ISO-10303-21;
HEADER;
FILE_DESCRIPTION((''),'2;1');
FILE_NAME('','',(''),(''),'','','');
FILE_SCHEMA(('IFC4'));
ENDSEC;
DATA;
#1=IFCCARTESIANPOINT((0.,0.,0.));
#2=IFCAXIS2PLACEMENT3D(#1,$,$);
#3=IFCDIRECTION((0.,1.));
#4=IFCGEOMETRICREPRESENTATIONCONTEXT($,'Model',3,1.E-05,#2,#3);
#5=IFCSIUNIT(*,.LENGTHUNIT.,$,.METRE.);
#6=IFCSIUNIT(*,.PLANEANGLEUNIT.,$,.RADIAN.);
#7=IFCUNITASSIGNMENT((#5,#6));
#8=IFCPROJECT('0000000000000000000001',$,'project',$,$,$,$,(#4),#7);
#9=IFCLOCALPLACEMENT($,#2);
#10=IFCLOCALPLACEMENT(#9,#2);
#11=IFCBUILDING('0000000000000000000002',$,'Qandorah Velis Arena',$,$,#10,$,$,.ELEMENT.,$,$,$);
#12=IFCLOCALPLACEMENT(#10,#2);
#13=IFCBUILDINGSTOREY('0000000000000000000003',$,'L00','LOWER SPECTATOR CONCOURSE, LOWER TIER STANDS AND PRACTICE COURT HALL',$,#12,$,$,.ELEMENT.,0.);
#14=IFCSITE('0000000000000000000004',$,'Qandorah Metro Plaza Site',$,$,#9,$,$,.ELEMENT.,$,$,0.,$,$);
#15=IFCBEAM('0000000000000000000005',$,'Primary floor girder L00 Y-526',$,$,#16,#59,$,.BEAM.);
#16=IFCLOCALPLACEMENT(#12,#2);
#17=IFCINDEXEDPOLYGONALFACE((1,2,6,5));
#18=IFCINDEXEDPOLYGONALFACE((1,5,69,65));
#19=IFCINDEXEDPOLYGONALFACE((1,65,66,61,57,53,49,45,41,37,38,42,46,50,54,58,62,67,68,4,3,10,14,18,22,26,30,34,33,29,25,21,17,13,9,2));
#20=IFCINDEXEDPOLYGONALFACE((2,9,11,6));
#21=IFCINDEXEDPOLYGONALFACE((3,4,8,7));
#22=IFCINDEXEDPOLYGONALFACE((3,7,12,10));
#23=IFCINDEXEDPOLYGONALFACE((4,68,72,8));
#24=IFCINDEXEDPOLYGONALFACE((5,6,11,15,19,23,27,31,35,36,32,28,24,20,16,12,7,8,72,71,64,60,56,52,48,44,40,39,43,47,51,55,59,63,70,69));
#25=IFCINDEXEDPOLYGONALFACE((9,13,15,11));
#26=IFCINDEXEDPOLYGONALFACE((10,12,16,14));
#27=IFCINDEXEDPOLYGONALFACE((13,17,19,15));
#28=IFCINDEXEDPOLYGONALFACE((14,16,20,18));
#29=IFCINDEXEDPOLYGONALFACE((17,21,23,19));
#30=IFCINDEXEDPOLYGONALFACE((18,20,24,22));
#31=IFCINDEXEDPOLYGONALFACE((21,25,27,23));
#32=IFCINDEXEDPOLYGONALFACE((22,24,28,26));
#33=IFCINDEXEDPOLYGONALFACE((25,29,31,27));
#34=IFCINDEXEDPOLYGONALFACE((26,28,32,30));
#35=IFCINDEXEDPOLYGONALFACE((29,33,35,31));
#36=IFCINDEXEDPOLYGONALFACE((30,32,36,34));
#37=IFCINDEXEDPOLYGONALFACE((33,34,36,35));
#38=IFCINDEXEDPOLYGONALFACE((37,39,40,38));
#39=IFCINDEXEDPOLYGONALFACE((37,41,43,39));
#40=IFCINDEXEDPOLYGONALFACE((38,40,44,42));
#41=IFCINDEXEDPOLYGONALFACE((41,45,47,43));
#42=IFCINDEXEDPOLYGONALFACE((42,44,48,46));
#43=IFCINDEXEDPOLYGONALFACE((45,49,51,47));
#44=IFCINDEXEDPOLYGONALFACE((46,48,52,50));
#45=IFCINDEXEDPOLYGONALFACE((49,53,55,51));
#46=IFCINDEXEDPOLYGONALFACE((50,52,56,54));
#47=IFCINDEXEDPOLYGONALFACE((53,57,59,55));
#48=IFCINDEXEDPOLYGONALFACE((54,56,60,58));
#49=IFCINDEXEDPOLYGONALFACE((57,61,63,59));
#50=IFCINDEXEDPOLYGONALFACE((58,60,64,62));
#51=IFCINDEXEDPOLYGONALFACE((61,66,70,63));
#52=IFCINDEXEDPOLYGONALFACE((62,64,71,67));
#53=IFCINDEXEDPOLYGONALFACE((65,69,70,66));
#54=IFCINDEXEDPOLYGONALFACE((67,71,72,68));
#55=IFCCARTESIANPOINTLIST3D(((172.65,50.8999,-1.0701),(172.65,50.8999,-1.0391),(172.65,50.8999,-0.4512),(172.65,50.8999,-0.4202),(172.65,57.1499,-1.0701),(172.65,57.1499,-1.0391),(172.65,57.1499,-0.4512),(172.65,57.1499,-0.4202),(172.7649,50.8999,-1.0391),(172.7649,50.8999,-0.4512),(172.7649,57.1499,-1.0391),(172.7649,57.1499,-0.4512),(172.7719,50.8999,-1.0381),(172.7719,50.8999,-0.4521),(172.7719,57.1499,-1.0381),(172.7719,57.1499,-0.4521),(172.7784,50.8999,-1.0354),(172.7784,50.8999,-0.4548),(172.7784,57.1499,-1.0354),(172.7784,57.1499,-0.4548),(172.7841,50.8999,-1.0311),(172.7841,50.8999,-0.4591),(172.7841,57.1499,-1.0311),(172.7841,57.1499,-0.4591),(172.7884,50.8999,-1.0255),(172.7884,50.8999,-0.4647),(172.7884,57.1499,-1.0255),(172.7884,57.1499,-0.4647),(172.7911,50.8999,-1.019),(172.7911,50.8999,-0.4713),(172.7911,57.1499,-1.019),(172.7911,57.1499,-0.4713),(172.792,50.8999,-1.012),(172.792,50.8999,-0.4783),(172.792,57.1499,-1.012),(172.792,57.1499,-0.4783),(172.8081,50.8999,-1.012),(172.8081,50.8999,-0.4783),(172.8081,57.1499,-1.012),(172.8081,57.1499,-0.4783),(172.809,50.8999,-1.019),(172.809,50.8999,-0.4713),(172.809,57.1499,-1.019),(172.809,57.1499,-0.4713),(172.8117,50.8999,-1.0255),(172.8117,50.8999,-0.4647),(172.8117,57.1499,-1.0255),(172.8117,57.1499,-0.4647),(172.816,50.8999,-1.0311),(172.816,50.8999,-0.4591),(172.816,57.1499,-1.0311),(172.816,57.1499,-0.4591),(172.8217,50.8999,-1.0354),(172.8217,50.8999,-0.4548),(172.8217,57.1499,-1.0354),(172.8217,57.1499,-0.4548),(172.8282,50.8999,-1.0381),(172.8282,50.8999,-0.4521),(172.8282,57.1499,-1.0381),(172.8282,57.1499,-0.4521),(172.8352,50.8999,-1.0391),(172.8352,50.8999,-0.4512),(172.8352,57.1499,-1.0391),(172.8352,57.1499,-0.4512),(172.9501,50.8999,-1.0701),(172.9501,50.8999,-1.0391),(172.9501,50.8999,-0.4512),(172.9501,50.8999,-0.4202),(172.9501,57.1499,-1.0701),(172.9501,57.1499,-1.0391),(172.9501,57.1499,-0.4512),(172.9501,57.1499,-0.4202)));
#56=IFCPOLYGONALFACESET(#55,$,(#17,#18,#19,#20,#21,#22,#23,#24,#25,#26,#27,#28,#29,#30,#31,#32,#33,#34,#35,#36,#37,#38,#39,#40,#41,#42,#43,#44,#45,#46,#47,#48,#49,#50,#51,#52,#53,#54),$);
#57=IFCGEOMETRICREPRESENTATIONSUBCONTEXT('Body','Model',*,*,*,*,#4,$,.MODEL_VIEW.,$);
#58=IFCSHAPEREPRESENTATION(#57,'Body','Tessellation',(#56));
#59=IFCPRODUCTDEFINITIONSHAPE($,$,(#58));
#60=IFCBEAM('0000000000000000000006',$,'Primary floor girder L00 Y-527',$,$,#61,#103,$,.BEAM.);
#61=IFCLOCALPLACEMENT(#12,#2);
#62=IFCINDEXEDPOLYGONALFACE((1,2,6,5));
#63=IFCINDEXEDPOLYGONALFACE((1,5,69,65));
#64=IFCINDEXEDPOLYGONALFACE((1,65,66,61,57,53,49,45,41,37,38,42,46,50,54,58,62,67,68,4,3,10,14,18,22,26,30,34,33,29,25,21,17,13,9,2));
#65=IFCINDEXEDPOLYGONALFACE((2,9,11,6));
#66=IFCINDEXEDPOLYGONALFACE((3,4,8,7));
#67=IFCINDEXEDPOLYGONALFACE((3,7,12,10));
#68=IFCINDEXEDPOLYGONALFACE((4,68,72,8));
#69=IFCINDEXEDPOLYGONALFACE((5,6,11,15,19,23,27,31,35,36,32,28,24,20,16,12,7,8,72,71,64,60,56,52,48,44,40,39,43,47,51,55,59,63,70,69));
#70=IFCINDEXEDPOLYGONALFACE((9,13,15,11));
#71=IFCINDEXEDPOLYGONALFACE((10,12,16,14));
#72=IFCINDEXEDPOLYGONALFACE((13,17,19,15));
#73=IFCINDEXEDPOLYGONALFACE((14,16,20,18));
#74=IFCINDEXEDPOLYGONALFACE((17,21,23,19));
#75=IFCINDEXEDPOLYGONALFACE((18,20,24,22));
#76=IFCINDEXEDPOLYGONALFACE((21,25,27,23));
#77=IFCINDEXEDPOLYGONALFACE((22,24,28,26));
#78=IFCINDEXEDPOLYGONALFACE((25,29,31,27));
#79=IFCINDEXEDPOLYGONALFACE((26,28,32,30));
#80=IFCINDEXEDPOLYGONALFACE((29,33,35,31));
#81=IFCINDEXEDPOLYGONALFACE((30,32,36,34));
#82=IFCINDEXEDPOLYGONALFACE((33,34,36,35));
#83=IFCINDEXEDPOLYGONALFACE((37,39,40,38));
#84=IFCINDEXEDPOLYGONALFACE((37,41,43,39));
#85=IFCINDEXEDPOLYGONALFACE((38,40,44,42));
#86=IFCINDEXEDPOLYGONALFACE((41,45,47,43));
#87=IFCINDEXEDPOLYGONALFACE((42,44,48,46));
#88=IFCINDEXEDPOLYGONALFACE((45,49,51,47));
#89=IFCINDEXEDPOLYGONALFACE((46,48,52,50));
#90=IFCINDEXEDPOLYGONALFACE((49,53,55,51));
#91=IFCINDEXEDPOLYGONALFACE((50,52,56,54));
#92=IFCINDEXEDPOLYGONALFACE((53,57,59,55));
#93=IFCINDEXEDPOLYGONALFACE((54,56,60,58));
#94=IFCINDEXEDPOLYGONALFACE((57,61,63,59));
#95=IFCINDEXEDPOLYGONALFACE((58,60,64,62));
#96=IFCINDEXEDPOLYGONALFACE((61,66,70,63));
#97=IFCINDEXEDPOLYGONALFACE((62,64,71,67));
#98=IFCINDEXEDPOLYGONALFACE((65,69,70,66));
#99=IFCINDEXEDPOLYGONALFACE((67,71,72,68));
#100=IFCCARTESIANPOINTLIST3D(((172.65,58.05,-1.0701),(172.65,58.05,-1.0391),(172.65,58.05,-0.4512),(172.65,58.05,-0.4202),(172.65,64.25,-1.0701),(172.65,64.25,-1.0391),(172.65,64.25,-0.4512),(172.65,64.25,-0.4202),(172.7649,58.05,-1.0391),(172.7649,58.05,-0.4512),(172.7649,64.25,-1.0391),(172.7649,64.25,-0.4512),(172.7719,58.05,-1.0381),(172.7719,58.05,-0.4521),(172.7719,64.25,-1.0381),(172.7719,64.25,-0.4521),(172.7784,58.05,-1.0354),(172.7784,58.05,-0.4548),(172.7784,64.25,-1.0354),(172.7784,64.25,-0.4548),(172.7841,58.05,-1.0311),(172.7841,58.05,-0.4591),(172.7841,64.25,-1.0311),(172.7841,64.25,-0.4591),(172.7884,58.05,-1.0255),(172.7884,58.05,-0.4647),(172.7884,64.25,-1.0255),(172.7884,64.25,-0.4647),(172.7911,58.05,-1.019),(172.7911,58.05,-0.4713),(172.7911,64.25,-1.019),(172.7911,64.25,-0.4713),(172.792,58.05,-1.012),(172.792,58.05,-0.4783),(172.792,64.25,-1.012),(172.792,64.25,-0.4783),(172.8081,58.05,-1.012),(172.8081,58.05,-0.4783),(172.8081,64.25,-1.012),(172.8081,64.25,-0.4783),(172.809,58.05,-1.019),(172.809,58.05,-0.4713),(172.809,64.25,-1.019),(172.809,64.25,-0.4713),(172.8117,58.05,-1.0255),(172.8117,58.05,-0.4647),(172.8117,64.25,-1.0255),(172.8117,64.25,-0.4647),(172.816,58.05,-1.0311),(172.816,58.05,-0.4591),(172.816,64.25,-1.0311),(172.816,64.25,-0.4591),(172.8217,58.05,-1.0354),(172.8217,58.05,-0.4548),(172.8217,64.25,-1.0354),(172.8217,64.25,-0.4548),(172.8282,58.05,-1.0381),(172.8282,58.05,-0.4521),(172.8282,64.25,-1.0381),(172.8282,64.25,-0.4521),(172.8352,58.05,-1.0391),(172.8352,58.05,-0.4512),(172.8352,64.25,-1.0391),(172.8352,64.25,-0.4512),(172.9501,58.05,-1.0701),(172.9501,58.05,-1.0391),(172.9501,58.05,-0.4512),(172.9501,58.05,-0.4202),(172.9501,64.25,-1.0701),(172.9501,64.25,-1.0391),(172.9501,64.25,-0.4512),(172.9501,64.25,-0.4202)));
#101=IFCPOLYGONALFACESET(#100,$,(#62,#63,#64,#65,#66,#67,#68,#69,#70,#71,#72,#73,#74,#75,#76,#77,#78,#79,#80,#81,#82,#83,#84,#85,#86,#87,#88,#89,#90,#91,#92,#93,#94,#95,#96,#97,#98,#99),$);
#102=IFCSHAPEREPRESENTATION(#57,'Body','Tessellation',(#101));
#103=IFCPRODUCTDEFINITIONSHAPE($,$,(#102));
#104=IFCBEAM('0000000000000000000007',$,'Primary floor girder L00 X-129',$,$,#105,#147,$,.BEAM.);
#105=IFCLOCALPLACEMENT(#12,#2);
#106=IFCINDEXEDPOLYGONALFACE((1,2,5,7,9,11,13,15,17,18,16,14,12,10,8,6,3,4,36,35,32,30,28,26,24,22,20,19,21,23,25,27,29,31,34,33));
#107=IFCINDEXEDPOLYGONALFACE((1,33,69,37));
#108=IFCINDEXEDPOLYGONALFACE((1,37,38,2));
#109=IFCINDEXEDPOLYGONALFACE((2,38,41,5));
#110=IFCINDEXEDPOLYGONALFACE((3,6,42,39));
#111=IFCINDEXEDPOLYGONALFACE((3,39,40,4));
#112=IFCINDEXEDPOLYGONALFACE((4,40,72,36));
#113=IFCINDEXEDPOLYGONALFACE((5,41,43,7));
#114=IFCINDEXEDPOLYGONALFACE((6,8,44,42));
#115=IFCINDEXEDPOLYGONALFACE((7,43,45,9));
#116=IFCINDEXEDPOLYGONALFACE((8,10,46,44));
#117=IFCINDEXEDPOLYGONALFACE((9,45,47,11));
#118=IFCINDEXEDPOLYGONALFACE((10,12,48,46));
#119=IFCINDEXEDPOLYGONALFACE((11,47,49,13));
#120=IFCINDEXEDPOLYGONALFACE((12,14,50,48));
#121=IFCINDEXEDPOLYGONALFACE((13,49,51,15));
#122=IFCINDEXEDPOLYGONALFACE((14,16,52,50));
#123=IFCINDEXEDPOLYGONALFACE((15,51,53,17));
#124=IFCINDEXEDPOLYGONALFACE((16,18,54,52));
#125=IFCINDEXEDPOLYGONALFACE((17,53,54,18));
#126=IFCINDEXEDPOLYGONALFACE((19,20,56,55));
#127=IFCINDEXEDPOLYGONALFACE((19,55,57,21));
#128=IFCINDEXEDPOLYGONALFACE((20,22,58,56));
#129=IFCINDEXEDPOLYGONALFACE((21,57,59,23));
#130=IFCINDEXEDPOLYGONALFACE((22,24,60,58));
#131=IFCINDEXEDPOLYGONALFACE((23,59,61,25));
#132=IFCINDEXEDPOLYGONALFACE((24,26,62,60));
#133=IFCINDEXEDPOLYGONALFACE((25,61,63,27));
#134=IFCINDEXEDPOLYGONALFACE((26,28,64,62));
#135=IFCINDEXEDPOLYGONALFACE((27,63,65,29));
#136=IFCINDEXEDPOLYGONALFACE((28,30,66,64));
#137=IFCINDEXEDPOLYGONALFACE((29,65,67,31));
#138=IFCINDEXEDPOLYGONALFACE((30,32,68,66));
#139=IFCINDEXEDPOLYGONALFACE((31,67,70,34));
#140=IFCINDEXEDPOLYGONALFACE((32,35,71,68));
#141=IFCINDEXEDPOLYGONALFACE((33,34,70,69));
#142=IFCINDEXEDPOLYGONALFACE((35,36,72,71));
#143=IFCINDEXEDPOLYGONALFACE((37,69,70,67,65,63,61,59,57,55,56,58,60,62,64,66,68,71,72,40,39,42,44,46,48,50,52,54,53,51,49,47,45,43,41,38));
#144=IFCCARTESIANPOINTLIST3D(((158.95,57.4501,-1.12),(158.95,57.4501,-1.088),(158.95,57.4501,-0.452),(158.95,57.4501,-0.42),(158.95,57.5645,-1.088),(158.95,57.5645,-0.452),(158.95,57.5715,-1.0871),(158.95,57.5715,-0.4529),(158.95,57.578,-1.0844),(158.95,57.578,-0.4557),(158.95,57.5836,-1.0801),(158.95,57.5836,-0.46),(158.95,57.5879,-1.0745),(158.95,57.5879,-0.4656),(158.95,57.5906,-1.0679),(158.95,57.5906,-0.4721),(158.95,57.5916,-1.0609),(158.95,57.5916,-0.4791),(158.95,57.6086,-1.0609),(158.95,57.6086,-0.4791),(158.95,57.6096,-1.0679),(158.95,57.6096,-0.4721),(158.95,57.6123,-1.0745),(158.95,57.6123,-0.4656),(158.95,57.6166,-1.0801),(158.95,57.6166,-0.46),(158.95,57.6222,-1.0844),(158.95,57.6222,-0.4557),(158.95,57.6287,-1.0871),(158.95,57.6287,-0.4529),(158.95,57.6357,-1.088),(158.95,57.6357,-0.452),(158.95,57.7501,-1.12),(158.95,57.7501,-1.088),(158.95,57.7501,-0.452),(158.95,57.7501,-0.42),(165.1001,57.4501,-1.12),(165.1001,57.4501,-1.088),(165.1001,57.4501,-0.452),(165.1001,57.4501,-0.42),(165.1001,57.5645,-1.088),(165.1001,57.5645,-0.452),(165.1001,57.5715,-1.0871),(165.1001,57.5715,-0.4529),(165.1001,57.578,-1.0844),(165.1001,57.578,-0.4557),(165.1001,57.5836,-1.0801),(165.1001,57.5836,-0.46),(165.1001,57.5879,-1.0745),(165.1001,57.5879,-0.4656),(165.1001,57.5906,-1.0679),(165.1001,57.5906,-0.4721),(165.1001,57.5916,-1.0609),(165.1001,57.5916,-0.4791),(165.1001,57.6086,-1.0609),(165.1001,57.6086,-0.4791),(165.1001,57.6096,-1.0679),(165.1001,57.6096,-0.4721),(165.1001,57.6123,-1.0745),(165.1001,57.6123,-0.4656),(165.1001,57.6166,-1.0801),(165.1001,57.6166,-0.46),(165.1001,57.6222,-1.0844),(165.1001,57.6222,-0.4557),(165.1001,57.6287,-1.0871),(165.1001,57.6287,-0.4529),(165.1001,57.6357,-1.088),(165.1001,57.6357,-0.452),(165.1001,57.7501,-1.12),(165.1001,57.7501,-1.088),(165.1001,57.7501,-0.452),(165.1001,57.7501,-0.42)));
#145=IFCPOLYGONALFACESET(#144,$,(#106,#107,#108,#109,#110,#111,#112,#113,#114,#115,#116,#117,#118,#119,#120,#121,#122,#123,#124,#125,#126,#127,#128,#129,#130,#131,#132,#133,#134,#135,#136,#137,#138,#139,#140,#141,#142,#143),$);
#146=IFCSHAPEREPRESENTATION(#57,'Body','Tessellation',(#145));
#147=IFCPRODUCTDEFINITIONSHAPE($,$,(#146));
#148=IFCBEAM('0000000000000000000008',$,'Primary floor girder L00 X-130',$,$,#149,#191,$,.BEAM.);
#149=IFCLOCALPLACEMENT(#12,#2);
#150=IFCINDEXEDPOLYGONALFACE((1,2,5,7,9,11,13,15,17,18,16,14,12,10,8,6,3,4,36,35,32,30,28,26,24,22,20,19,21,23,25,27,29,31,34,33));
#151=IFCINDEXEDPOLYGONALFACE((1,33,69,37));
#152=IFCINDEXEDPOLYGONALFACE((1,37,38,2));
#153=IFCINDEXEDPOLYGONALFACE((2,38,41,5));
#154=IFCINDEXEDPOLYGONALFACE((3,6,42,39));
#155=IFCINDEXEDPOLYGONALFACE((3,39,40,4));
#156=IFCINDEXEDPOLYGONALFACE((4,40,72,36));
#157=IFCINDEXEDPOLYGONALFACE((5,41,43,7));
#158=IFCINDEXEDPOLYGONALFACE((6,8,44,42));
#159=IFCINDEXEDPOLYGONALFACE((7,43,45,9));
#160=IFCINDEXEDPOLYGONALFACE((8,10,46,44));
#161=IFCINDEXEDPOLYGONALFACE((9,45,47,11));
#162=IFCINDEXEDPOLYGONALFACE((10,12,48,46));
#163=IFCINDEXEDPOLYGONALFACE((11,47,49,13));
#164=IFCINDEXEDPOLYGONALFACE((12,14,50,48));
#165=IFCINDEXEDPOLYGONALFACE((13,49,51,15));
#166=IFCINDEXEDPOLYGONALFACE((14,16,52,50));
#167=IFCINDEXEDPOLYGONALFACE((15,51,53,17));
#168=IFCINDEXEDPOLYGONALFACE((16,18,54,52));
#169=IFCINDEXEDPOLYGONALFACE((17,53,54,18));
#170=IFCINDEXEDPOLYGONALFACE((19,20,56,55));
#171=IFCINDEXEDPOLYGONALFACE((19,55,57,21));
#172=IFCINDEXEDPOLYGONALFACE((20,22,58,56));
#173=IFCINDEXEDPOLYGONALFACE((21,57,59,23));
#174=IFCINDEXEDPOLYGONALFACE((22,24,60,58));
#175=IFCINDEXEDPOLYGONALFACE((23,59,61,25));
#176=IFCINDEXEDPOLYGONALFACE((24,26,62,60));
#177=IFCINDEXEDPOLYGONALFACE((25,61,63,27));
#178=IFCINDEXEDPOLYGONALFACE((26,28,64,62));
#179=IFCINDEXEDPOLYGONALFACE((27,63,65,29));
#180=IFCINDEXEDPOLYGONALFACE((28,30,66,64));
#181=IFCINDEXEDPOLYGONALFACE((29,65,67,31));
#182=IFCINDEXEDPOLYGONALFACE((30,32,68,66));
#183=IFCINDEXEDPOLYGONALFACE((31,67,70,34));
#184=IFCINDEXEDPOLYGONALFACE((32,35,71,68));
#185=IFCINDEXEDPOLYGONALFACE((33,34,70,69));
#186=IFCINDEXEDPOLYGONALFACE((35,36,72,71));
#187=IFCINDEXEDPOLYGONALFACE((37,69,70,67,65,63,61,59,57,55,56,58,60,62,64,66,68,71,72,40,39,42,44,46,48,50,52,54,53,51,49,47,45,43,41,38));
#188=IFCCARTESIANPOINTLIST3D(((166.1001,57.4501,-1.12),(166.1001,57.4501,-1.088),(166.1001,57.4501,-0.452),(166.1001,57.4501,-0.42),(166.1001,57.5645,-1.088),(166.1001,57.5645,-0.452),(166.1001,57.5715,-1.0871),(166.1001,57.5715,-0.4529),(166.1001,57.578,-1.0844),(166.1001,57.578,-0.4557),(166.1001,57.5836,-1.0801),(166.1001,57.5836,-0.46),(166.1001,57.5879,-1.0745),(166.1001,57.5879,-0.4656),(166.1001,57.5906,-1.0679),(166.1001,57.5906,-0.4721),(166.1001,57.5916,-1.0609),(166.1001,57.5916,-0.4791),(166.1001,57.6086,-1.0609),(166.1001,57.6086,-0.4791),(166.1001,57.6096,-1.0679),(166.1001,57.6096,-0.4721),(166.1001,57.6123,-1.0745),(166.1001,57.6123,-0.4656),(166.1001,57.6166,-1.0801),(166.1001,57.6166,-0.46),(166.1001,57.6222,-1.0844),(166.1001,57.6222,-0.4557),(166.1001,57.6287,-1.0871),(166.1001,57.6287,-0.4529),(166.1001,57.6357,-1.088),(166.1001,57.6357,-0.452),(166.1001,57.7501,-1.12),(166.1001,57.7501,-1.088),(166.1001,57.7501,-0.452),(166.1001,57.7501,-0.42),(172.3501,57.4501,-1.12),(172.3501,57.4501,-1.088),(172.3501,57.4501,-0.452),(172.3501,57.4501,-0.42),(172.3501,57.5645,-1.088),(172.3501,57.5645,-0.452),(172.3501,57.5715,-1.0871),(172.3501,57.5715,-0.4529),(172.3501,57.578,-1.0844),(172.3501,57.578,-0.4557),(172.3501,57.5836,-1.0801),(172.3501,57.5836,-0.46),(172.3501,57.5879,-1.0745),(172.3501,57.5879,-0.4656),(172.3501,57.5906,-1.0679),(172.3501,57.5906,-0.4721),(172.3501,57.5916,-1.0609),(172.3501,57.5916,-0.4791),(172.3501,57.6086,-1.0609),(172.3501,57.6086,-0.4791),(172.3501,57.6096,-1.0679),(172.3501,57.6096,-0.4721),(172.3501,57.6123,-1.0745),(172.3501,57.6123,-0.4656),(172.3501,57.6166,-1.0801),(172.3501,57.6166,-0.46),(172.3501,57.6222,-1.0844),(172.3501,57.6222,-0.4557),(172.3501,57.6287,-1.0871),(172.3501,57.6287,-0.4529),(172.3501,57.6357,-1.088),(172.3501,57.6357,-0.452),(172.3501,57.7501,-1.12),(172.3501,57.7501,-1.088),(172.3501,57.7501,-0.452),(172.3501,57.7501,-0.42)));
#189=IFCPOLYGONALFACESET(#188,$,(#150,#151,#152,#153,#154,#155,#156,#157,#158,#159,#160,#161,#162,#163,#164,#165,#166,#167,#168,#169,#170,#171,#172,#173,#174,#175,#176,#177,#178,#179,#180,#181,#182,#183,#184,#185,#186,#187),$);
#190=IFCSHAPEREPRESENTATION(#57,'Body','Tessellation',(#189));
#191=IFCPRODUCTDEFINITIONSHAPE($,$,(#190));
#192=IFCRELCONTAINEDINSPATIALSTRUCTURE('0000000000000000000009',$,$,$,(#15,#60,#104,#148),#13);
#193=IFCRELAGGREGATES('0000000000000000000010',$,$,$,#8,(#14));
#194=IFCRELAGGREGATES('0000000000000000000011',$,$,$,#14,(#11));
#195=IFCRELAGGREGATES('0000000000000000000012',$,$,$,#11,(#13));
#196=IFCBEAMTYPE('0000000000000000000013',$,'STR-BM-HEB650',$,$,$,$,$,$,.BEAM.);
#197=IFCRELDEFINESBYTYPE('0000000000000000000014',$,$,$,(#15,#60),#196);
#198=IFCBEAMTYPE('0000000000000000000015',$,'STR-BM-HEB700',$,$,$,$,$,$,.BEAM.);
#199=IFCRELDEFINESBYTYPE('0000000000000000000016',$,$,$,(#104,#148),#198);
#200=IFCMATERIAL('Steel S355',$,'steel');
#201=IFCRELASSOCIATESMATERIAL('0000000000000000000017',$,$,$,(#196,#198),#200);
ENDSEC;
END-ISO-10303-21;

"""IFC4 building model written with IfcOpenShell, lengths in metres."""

from ifc_helpers import new_model, si_unit, direction, frame, origin, origin_2d, place, context, subcontext, project, spatial, i_section, extrude, material, material_profile, profile_set, type_object, element, save


model = new_model("IFC4")

# Units and contexts
model_context = context("Model", 3, precision=1e-05, world=origin(), true_north=direction((0.0, 1.0)))
body_context = subcontext(model_context, "Body", "Model", "MODEL_VIEW")
ifc_project = project(units=[si_unit("LENGTHUNIT", "METRE"), si_unit("PLANEANGLEUNIT", "RADIAN")], contexts=[model_context])

# Site, building, storey
site_placement = place(None, origin())
site = spatial("IfcSite", under=ifc_project, at=site_placement, Name="Qandorah Metro Plaza Site", CompositionType="ELEMENT", RefElevation=0.0)
building_placement = place(site_placement, origin())
building = spatial("IfcBuilding", under=site, at=building_placement, Name="Qandorah Velis Arena", CompositionType="ELEMENT")
storey_placement = place(building_placement, origin())
storey = spatial("IfcBuildingStorey", under=building, at=storey_placement, Name="L00", Description="LOWER SPECTATOR CONCOURSE, LOWER TIER STANDS AND PRACTICE COURT HALL", CompositionType="ELEMENT", Elevation=0.0)

# Beams
ifc_material_1 = material(Name="Steel S355", Category="steel")
ifc_material_profile_1 = material_profile(ifc_material_1, i_section(OverallWidth=0.3, OverallDepth=0.6499, WebThickness=0.0161, FlangeThickness=0.031, FilletRadius=0.0271, at=origin_2d()), Name="HEB 650")
ifc_profile_set_1 = profile_set([ifc_material_profile_1], Name="Steel S355")
beam_type_1 = type_object("IfcBeamType", Name="STR-BM-HEB650", PredefinedType="BEAM", material=ifc_profile_set_1)
for number, where, z_axis, x_axis, name in (
    (1, (172.8, 50.8999, -0.7451), (0.0, 1.0, 0.0), (-1.0, 0.0, 0.0), "Primary floor girder L00 Y-526"),
):
    element("IfcBeam", number, at=place(storey_placement, frame(where, z_axis=z_axis, x_axis=x_axis)), inside=storey, type_object=beam_type_1, Name=name, PredefinedType="BEAM", context=body_context, shape_type="SweptSolid", body=[
        extrude(i_section(OverallWidth=0.3, OverallDepth=0.6499, WebThickness=0.0161, FlangeThickness=0.031, FilletRadius=0.0271, at=origin_2d()), origin(), (0.0, 0.0, 1.0), 6.25),
    ])
beam_1_placement = place(storey_placement, frame((172.8, 58.05, -0.7451), z_axis=(0.0, 1.0, 0.0), x_axis=(-1.0, 0.0, 0.0)))
element("IfcBeam", 2, at=beam_1_placement, inside=storey, type_object=beam_type_1, Name="Primary floor girder L00 Y-527", PredefinedType="BEAM", context=body_context, shape_type="SweptSolid", body=[
    extrude(i_section(OverallWidth=0.3, OverallDepth=0.6499, WebThickness=0.0161, FlangeThickness=0.031, FilletRadius=0.0271, at=origin_2d()), origin(), (0.0, 0.0, 1.0), 6.2),
])
ifc_material_profile_2 = material_profile(ifc_material_1, i_section(OverallWidth=0.3, OverallDepth=0.7, WebThickness=0.0171, FlangeThickness=0.032, FilletRadius=0.0271, at=origin_2d()), Name="HEB 700")
ifc_profile_set_2 = profile_set([ifc_material_profile_2], Name="Steel S355")
beam_type_2 = type_object("IfcBeamType", Name="STR-BM-HEB700", PredefinedType="BEAM", material=ifc_profile_set_2)
beam_2_placement = place(storey_placement, frame((158.95, 57.6001, -0.77), z_axis=(1.0, 0.0, 0.0), x_axis=(0.0, 1.0, 0.0)))
element("IfcBeam", 3, at=beam_2_placement, inside=storey, type_object=beam_type_2, Name="Primary floor girder L00 X-129", PredefinedType="BEAM", context=body_context, shape_type="SweptSolid", body=[
    extrude(i_section(OverallWidth=0.3, OverallDepth=0.7, WebThickness=0.0171, FlangeThickness=0.032, FilletRadius=0.0271, at=origin_2d()), origin(), (0.0, 0.0, 1.0), 6.1501),
])
beam_3_placement = place(storey_placement, frame((166.1001, 57.6001, -0.77), z_axis=(1.0, 0.0, 0.0), x_axis=(0.0, 1.0, 0.0)))
element("IfcBeam", 4, at=beam_3_placement, inside=storey, type_object=beam_type_2, Name="Primary floor girder L00 X-130", PredefinedType="BEAM", context=body_context, shape_type="SweptSolid", body=[
    extrude(i_section(OverallWidth=0.3, OverallDepth=0.7, WebThickness=0.0171, FlangeThickness=0.032, FilletRadius=0.0271, at=origin_2d()), origin(), (0.0, 0.0, 1.0), 6.25),
])

save(model, "model.ifc")
